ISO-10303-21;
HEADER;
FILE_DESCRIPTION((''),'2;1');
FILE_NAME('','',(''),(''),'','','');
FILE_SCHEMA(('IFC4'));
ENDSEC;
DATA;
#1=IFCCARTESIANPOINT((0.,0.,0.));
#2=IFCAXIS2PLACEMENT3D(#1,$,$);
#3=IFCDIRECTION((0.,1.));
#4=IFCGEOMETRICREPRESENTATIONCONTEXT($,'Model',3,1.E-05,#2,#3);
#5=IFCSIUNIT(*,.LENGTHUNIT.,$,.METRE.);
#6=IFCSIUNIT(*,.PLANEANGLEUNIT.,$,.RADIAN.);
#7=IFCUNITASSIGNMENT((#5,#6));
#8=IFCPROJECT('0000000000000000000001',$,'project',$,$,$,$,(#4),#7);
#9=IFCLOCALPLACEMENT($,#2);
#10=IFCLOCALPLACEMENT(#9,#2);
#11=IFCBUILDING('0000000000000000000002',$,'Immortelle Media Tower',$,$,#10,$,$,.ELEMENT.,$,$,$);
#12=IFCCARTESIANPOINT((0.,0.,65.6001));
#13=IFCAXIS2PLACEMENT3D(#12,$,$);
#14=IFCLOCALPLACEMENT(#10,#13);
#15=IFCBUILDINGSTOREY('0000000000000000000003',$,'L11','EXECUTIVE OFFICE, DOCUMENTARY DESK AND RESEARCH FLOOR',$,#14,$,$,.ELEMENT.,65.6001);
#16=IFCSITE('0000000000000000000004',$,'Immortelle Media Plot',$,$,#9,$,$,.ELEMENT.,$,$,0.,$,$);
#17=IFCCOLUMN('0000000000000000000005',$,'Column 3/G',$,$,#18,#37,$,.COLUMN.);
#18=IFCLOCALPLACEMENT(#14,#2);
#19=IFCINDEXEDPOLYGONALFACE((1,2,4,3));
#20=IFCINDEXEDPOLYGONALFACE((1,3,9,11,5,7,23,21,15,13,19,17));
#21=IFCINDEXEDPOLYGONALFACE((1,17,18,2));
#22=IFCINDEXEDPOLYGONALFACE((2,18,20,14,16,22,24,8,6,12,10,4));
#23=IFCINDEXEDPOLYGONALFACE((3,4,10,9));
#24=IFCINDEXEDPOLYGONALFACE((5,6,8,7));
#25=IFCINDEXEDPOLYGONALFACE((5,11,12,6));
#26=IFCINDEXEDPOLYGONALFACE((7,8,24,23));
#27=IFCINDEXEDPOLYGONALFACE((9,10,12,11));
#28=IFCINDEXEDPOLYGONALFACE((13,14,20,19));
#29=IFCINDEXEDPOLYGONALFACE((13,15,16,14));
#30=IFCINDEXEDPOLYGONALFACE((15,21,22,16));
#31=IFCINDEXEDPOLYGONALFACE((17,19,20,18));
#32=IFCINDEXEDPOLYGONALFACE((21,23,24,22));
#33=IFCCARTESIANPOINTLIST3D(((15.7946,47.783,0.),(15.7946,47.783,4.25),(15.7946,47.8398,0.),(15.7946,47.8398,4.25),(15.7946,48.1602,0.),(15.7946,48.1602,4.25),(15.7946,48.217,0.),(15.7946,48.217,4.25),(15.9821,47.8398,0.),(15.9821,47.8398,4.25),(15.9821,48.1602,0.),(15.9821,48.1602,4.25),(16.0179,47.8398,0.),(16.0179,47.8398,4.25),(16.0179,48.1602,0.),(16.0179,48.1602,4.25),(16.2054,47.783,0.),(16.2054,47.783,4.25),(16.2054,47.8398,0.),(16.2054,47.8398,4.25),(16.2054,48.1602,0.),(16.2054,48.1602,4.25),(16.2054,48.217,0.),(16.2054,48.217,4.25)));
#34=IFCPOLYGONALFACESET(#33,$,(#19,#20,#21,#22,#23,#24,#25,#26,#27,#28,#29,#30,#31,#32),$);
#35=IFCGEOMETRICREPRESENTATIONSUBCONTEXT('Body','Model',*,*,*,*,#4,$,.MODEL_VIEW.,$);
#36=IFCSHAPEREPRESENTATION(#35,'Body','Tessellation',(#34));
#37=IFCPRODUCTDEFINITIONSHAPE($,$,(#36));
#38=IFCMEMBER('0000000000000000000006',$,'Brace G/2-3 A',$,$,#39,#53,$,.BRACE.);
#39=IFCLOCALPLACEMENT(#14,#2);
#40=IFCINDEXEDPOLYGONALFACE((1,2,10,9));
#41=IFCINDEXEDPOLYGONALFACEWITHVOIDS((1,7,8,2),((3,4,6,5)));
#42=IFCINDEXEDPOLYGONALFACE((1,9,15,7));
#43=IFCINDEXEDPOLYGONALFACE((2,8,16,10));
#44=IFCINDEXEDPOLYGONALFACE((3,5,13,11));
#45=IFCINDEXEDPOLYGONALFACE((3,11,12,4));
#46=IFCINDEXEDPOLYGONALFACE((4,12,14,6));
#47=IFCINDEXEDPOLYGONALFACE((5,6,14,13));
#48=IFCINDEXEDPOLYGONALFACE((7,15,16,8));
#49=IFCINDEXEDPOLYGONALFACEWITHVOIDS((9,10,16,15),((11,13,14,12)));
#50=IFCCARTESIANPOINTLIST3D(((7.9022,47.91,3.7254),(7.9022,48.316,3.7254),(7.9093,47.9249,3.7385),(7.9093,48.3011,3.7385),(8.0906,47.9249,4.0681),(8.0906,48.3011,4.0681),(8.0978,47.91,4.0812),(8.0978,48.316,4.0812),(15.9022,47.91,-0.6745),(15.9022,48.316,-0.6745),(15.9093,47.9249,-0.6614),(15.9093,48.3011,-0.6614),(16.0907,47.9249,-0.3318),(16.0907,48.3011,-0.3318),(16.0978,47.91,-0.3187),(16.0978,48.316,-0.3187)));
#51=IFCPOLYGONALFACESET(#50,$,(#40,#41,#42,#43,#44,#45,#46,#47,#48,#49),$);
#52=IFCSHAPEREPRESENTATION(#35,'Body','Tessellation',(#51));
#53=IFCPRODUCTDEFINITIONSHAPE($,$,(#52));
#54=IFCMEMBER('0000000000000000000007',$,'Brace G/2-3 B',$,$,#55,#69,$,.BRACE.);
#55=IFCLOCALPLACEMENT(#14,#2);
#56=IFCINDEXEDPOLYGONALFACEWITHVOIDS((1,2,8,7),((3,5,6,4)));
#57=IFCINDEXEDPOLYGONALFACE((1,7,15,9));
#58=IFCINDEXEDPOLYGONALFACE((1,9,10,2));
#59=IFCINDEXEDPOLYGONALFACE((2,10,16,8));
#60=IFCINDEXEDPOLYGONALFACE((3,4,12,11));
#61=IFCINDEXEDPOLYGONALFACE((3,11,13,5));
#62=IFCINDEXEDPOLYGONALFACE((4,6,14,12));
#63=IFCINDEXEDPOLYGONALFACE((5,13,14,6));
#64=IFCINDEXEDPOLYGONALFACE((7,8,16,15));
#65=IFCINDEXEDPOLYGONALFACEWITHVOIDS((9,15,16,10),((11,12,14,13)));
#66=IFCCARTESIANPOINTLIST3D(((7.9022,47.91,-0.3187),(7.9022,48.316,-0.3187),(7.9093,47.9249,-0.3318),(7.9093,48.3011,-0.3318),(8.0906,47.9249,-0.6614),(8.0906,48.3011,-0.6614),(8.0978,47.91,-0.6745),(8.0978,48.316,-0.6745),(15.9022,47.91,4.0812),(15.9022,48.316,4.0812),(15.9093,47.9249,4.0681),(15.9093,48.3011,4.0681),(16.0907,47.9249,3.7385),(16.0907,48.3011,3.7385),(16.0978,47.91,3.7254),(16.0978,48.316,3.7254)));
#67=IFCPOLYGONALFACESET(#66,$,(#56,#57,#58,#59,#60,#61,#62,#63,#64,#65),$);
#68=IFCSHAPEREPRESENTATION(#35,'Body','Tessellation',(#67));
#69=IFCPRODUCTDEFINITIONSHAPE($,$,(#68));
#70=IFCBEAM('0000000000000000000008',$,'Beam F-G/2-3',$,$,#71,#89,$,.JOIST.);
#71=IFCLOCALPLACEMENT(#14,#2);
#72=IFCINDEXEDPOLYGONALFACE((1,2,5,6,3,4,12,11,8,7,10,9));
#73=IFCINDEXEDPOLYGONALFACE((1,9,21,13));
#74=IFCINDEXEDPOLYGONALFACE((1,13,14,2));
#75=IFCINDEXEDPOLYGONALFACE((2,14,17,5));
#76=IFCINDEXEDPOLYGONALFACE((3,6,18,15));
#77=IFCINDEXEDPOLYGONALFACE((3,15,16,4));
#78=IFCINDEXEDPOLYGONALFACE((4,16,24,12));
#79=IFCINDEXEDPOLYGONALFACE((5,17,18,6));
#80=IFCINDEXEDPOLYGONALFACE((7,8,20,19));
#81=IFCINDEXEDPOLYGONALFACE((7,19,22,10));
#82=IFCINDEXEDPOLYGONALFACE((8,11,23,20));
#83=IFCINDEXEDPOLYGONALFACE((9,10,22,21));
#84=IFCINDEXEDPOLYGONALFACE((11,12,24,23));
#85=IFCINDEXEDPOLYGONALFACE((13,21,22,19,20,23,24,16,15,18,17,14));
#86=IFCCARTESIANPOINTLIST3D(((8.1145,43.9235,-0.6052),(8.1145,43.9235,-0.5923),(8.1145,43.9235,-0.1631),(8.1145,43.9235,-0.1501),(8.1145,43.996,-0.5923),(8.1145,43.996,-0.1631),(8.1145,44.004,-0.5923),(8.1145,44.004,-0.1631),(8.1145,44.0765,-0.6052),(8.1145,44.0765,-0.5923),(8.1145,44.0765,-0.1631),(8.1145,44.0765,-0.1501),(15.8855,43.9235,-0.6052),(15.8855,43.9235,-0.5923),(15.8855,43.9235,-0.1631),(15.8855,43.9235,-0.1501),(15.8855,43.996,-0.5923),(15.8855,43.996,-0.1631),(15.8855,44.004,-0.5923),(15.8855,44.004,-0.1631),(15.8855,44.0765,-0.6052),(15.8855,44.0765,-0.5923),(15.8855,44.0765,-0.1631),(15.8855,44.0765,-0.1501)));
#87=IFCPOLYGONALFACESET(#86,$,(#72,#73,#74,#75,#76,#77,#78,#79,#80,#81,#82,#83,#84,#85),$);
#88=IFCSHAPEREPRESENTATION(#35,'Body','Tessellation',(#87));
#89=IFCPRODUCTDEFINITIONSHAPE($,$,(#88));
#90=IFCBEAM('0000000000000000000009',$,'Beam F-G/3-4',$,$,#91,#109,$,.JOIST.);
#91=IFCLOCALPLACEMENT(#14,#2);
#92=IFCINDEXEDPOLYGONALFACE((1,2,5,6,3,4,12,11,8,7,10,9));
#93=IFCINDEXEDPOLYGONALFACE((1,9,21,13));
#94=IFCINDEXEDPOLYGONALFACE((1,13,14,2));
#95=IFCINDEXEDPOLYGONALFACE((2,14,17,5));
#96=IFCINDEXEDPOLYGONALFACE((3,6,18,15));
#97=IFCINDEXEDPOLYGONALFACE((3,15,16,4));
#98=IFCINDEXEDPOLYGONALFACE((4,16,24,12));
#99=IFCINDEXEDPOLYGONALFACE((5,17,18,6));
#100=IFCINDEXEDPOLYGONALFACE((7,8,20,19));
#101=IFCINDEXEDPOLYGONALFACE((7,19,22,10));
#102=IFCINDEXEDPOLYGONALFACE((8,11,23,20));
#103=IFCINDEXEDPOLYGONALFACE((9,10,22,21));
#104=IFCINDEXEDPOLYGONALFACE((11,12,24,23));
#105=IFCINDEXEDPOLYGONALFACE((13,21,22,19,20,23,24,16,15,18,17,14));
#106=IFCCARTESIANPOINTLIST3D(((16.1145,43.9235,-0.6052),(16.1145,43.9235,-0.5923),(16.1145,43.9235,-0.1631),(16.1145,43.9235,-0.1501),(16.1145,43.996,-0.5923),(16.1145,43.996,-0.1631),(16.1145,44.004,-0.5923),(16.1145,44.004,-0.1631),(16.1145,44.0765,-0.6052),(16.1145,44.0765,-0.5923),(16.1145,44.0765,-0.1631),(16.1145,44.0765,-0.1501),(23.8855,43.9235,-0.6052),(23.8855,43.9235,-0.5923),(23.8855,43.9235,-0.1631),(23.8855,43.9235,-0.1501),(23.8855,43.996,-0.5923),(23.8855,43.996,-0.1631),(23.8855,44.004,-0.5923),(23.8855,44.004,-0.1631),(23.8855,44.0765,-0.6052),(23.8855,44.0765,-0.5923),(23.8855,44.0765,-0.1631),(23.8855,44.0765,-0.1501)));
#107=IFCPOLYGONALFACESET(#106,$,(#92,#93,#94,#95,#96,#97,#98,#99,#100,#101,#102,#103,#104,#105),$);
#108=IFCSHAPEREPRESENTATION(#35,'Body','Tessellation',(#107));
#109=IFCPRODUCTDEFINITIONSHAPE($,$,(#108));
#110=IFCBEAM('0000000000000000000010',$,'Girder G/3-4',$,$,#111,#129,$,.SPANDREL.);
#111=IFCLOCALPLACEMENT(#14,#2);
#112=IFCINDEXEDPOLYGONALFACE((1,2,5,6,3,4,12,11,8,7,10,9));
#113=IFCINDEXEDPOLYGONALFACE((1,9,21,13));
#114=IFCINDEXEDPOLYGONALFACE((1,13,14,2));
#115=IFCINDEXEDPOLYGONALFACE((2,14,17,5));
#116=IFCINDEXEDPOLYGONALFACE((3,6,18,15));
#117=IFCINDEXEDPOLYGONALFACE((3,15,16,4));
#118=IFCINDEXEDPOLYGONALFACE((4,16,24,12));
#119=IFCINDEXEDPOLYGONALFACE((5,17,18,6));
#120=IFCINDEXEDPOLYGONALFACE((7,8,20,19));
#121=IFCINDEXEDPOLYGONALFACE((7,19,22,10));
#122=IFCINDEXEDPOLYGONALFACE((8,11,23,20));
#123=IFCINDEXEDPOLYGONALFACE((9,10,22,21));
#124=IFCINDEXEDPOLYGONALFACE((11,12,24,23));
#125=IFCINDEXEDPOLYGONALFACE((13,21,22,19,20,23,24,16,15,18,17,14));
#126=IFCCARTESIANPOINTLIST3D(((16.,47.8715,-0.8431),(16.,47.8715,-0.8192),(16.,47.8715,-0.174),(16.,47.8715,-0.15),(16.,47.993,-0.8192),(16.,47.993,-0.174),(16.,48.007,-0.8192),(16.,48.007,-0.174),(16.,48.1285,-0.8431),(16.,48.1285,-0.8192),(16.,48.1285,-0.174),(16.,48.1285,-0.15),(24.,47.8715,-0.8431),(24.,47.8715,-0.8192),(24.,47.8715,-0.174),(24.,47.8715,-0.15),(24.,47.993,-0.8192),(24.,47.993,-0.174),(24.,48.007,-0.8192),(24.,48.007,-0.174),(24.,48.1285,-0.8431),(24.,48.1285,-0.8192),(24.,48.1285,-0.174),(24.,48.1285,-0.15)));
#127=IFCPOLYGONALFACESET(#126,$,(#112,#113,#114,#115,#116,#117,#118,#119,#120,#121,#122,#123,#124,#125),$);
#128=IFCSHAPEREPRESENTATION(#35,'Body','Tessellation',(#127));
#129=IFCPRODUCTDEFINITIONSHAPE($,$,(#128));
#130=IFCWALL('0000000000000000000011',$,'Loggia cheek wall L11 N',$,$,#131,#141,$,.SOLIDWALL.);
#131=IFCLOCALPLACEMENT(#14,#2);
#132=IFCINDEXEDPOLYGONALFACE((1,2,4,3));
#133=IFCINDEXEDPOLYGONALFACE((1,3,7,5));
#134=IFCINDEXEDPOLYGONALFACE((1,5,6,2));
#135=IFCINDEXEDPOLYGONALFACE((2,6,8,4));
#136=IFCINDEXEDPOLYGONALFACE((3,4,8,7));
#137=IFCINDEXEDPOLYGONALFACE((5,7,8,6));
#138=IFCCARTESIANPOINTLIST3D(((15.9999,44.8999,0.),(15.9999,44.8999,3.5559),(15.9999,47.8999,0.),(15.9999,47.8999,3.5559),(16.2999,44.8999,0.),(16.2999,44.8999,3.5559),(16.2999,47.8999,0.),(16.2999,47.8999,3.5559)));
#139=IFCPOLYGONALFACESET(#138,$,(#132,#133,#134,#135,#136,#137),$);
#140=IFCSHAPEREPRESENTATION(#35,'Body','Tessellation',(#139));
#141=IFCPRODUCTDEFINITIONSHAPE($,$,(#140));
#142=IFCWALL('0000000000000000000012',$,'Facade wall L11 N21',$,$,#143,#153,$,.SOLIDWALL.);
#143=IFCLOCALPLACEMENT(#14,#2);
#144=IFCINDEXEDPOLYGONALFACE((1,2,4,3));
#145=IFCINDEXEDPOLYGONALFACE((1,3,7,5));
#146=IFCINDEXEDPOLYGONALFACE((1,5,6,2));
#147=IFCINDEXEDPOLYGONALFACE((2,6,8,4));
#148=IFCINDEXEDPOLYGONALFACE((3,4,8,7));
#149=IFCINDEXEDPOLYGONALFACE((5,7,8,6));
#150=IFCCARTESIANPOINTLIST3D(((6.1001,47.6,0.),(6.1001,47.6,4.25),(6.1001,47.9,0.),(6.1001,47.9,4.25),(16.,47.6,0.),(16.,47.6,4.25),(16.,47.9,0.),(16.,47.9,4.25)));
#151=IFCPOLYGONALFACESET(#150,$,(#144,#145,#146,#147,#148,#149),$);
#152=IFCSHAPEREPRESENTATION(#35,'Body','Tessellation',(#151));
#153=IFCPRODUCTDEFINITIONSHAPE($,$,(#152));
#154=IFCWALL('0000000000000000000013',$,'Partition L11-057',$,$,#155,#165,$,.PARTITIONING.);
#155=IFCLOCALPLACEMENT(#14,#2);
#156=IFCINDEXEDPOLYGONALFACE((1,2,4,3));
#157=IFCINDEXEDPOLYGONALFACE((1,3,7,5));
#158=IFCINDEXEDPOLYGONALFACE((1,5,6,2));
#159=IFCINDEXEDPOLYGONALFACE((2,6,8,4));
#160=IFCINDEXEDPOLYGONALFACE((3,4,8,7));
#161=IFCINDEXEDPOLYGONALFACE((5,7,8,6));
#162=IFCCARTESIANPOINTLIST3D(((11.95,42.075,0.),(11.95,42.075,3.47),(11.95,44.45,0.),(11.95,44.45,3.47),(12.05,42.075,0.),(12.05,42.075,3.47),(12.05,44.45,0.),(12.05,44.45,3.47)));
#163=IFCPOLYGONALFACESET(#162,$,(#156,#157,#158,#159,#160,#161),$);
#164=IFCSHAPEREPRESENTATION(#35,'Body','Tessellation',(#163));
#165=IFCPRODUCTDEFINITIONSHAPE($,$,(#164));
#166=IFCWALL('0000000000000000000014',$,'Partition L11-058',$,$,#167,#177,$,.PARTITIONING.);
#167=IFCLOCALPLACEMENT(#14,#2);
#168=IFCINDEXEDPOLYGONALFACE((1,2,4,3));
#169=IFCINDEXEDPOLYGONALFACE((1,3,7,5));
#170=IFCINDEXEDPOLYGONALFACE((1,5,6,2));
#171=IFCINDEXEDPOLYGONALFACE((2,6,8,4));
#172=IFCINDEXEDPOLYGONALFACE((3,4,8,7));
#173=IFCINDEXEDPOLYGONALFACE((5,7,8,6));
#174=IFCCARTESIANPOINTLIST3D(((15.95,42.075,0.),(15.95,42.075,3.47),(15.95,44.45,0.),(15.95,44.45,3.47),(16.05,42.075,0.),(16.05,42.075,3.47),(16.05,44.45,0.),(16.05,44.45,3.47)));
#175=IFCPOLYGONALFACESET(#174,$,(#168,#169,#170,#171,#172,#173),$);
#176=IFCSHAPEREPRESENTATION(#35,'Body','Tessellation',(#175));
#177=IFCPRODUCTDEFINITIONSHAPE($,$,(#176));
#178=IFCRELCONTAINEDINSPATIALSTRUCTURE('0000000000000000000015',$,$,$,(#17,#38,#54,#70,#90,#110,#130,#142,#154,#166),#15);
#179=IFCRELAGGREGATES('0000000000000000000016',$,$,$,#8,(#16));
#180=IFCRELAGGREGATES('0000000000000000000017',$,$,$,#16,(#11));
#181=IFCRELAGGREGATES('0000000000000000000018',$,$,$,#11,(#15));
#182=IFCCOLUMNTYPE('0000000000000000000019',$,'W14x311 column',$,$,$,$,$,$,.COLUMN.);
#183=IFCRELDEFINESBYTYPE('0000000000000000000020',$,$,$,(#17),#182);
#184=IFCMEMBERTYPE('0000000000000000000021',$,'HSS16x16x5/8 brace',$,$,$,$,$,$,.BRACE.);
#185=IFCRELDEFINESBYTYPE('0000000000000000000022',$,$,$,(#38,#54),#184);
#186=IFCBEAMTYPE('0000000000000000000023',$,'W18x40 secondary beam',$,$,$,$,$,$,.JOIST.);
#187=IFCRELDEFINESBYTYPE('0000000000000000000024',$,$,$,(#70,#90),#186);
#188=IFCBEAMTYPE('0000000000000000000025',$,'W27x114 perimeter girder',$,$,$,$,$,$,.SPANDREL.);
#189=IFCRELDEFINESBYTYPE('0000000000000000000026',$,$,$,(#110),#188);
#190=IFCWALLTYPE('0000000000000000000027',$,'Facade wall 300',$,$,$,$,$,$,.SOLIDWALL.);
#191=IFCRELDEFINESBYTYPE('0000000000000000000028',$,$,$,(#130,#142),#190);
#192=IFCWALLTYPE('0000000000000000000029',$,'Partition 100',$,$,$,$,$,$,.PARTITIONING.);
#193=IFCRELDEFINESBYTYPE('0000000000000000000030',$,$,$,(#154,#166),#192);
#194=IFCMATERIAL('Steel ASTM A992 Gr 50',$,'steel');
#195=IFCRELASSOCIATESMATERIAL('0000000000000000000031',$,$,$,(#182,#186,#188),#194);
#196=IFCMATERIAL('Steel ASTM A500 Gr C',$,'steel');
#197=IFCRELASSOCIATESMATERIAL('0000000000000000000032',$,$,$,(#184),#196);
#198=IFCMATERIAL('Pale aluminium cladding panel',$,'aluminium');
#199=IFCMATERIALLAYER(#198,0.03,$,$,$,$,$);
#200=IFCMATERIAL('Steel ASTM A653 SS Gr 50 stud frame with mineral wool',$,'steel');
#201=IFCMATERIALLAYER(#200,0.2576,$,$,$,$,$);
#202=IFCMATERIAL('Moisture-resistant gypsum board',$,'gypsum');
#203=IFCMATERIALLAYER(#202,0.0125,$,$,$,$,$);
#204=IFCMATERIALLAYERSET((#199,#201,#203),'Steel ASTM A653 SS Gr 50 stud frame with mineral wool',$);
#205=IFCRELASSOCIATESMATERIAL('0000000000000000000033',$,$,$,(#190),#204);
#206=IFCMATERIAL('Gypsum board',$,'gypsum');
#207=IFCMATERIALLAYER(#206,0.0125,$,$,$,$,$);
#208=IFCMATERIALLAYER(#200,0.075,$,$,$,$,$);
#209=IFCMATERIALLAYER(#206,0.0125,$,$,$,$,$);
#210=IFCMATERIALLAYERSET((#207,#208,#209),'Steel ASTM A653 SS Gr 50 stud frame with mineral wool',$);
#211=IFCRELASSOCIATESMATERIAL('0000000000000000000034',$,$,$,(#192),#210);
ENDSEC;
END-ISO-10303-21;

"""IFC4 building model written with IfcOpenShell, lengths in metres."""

from ifc_helpers import new_model, si_unit, direction, frame, frame_2d, origin, origin_2d, place, context, subcontext, project, spatial, rectangle, hollow_rectangle, i_section, extrude, material, layer, layer_set, material_profile, profile_set, type_object, element, save


model = new_model("IFC4")

# Units and contexts
model_context = context("Model", 3, precision=1e-05, world=origin(), true_north=direction((0.0, 1.0)))
body_context = subcontext(model_context, "Body", "Model", "MODEL_VIEW")
ifc_project = project(units=[si_unit("LENGTHUNIT", "METRE"), si_unit("PLANEANGLEUNIT", "RADIAN")], contexts=[model_context])

# Site, building, storey
site_placement = place(None, origin())
site = spatial("IfcSite", under=ifc_project, at=site_placement, Name="Immortelle Media Plot", CompositionType="ELEMENT", RefElevation=0.0)
building_placement = place(site_placement, origin())
building = spatial("IfcBuilding", under=site, at=building_placement, Name="Immortelle Media Tower", CompositionType="ELEMENT")
storey_placement = place(building_placement, frame((0.0, 0.0, 65.6001)))
storey = spatial("IfcBuildingStorey", under=building, at=storey_placement, Name="L11", Description="EXECUTIVE OFFICE, DOCUMENTARY DESK AND RESEARCH FLOOR", CompositionType="ELEMENT", Elevation=65.6001)

# Column
ifc_material_1 = material(Name="Steel ASTM A992 Gr 50", Category="steel")
ifc_material_profile_1 = material_profile(ifc_material_1, i_section(OverallWidth=0.4109, OverallDepth=0.4341, WebThickness=0.0359, FlangeThickness=0.0569, at=origin_2d()), Name="W14x311")
ifc_profile_set_1 = profile_set([ifc_material_profile_1], Name="Steel ASTM A992 Gr 50")
column_type = type_object("IfcColumnType", Name="W14x311 column", PredefinedType="COLUMN", material=ifc_profile_set_1)
column_placement = place(storey_placement, frame((16.0, 48.0, 0.0), z_axis=(0.0, 0.0, 1.0), x_axis=(1.0, 0.0, 0.0)))
element("IfcColumn", 1, at=column_placement, inside=storey, type_object=column_type, Name="Column 3/G", PredefinedType="COLUMN", context=body_context, shape_type="SweptSolid", body=[
    extrude(i_section(OverallWidth=0.4109, OverallDepth=0.4341, WebThickness=0.0359, FlangeThickness=0.0569, at=origin_2d()), origin(), (0.0, 0.0, 1.0), 4.25),
])

# Members
ifc_material_2 = material(Name="Steel ASTM A500 Gr C", Category="steel")
ifc_material_profile_2 = material_profile(ifc_material_2, hollow_rectangle(XDim=0.406, YDim=0.406, WallThickness=0.0149, at=origin_2d()), Name="HSS16x16x5/8 brace")
ifc_profile_set_2 = profile_set([ifc_material_profile_2], Name="Steel ASTM A500 Gr C")
member_type = type_object("IfcMemberType", Name="HSS16x16x5/8 brace", PredefinedType="BRACE", material=ifc_profile_set_2)
for number, where, z_axis, x_axis, name in (
    (2, (16.0, 48.113, -0.4966), (-0.87622, 0.0, 0.481911), (0.0, -1.0, 0.0), "Brace G/2-3 A"),
    (3, (16.0, 48.113, 3.9033), (-0.87622, 0.0, -0.481911), (0.0, -1.0, 0.0), "Brace G/2-3 B"),
):
    element("IfcMember", number, at=place(storey_placement, frame(where, z_axis=z_axis, x_axis=x_axis)), inside=storey, type_object=member_type, Name=name, PredefinedType="BRACE", context=body_context, shape_type="SweptSolid", body=[
        extrude(hollow_rectangle(XDim=0.406, YDim=0.406, WallThickness=0.0149, at=origin_2d()), origin(), (0.0, 0.0, 1.0), 9.1301),
    ])

# Beams
ifc_material_profile_3 = material_profile(ifc_material_1, i_section(OverallWidth=0.1531, OverallDepth=0.4551, WebThickness=0.0081, FlangeThickness=0.0129, at=origin_2d()), Name="W18x40")
ifc_profile_set_3 = profile_set([ifc_material_profile_3], Name="Steel ASTM A992 Gr 50")
beam_type_1 = type_object("IfcBeamType", Name="W18x40 secondary beam", PredefinedType="JOIST", material=ifc_profile_set_3)
for number, where, z_axis, x_axis, name in (
    (4, (8.1145, 44.0, -0.3777), (1.0, 0.0, 0.0), (0.0, 1.0, 0.0), "Beam F-G/2-3"),
    (5, (16.1145, 44.0, -0.3777), (1.0, 0.0, 0.0), (0.0, 1.0, 0.0), "Beam F-G/3-4"),
):
    element("IfcBeam", number, at=place(storey_placement, frame(where, z_axis=z_axis, x_axis=x_axis)), inside=storey, type_object=beam_type_1, Name=name, PredefinedType="JOIST", context=body_context, shape_type="SweptSolid", body=[
        extrude(i_section(OverallWidth=0.1531, OverallDepth=0.4551, WebThickness=0.0081, FlangeThickness=0.0129, at=origin_2d()), origin(), (0.0, 0.0, 1.0), 7.771),
    ])
ifc_material_profile_4 = material_profile(ifc_material_1, i_section(OverallWidth=0.2571, OverallDepth=0.6931, WebThickness=0.0139, FlangeThickness=0.0239, at=origin_2d()), Name="W27x114")
ifc_profile_set_4 = profile_set([ifc_material_profile_4], Name="Steel ASTM A992 Gr 50")
beam_type_2 = type_object("IfcBeamType", Name="W27x114 perimeter girder", PredefinedType="SPANDREL", material=ifc_profile_set_4)
beam_placement = place(storey_placement, frame((16.0, 48.0, -0.4966), z_axis=(1.0, 0.0, 0.0), x_axis=(0.0, 1.0, 0.0)))
element("IfcBeam", 6, at=beam_placement, inside=storey, type_object=beam_type_2, Name="Girder G/3-4", PredefinedType="SPANDREL", context=body_context, shape_type="SweptSolid", body=[
    extrude(i_section(OverallWidth=0.2571, OverallDepth=0.6931, WebThickness=0.0139, FlangeThickness=0.0239, at=origin_2d()), origin(), (0.0, 0.0, 1.0), 8.0),
])

# Walls
ifc_material_3 = material(Name="Pale aluminium cladding panel", Category="aluminium")
ifc_layer_1 = layer(ifc_material_3, 0.03)
ifc_material_4 = material(Name="Steel ASTM A653 SS Gr 50 stud frame with mineral wool", Category="steel")
ifc_layer_2 = layer(ifc_material_4, 0.2576)
ifc_material_5 = material(Name="Moisture-resistant gypsum board", Category="gypsum")
ifc_layer_3 = layer(ifc_material_5, 0.0125)
ifc_layer_set_1 = layer_set([ifc_layer_1, ifc_layer_2, ifc_layer_3], Name="Steel ASTM A653 SS Gr 50 stud frame with mineral wool")
wall_type_1 = type_object("IfcWallType", Name="Facade wall 300", PredefinedType="SOLIDWALL", material=ifc_layer_set_1)
wall_1_placement = place(storey_placement, frame((16.1499, 47.8999, 0.0), z_axis=(0.0, 0.0, 1.0), x_axis=(0.0, -1.0, 0.0)))
element("IfcWall", 7, at=wall_1_placement, inside=storey, type_object=wall_type_1, Name="Loggia cheek wall L11 N", PredefinedType="SOLIDWALL", context=body_context, shape_type="SweptSolid", body=[
    extrude(rectangle(XDim=3.0, YDim=0.3, at=frame_2d((1.5, 0.0))), origin(), (0.0, 0.0, 1.0), 3.5559),
])
wall_2_placement = place(storey_placement, frame((16.0, 47.75, 0.0), z_axis=(0.0, 0.0, 1.0), x_axis=(-1.0, 0.0, 0.0)))
element("IfcWall", 8, at=wall_2_placement, inside=storey, type_object=wall_type_1, Name="Facade wall L11 N21", PredefinedType="SOLIDWALL", context=body_context, shape_type="SweptSolid", body=[
    extrude(rectangle(XDim=9.8999, YDim=0.3, at=frame_2d((4.95, 0.0))), origin(), (0.0, 0.0, 1.0), 4.25),
])
ifc_material_6 = material(Name="Gypsum board", Category="gypsum")
ifc_layer_4 = layer(ifc_material_6, 0.0125)
ifc_layer_5 = layer(ifc_material_4, 0.075)
ifc_layer_6 = layer(ifc_material_6, 0.0125)
ifc_layer_set_2 = layer_set([ifc_layer_4, ifc_layer_5, ifc_layer_6], Name="Steel ASTM A653 SS Gr 50 stud frame with mineral wool")
wall_type_2 = type_object("IfcWallType", Name="Partition 100", PredefinedType="PARTITIONING", material=ifc_layer_set_2)
for number, where, z_axis, x_axis, name in (
    (9, (12.0, 42.075, 0.0), (0.0, 0.0, 1.0), (0.0, 1.0, 0.0), "Partition L11-057"),
    (10, (16.0, 42.075, 0.0), (0.0, 0.0, 1.0), (0.0, 1.0, 0.0), "Partition L11-058"),
):
    element("IfcWall", number, at=place(storey_placement, frame(where, z_axis=z_axis, x_axis=x_axis)), inside=storey, type_object=wall_type_2, Name=name, PredefinedType="PARTITIONING", context=body_context, shape_type="SweptSolid", body=[
        extrude(rectangle(XDim=2.375, YDim=0.1001, at=frame_2d((1.1875, 0.0))), origin(), (0.0, 0.0, 1.0), 3.47),
    ])

save(model, "model.ifc")
